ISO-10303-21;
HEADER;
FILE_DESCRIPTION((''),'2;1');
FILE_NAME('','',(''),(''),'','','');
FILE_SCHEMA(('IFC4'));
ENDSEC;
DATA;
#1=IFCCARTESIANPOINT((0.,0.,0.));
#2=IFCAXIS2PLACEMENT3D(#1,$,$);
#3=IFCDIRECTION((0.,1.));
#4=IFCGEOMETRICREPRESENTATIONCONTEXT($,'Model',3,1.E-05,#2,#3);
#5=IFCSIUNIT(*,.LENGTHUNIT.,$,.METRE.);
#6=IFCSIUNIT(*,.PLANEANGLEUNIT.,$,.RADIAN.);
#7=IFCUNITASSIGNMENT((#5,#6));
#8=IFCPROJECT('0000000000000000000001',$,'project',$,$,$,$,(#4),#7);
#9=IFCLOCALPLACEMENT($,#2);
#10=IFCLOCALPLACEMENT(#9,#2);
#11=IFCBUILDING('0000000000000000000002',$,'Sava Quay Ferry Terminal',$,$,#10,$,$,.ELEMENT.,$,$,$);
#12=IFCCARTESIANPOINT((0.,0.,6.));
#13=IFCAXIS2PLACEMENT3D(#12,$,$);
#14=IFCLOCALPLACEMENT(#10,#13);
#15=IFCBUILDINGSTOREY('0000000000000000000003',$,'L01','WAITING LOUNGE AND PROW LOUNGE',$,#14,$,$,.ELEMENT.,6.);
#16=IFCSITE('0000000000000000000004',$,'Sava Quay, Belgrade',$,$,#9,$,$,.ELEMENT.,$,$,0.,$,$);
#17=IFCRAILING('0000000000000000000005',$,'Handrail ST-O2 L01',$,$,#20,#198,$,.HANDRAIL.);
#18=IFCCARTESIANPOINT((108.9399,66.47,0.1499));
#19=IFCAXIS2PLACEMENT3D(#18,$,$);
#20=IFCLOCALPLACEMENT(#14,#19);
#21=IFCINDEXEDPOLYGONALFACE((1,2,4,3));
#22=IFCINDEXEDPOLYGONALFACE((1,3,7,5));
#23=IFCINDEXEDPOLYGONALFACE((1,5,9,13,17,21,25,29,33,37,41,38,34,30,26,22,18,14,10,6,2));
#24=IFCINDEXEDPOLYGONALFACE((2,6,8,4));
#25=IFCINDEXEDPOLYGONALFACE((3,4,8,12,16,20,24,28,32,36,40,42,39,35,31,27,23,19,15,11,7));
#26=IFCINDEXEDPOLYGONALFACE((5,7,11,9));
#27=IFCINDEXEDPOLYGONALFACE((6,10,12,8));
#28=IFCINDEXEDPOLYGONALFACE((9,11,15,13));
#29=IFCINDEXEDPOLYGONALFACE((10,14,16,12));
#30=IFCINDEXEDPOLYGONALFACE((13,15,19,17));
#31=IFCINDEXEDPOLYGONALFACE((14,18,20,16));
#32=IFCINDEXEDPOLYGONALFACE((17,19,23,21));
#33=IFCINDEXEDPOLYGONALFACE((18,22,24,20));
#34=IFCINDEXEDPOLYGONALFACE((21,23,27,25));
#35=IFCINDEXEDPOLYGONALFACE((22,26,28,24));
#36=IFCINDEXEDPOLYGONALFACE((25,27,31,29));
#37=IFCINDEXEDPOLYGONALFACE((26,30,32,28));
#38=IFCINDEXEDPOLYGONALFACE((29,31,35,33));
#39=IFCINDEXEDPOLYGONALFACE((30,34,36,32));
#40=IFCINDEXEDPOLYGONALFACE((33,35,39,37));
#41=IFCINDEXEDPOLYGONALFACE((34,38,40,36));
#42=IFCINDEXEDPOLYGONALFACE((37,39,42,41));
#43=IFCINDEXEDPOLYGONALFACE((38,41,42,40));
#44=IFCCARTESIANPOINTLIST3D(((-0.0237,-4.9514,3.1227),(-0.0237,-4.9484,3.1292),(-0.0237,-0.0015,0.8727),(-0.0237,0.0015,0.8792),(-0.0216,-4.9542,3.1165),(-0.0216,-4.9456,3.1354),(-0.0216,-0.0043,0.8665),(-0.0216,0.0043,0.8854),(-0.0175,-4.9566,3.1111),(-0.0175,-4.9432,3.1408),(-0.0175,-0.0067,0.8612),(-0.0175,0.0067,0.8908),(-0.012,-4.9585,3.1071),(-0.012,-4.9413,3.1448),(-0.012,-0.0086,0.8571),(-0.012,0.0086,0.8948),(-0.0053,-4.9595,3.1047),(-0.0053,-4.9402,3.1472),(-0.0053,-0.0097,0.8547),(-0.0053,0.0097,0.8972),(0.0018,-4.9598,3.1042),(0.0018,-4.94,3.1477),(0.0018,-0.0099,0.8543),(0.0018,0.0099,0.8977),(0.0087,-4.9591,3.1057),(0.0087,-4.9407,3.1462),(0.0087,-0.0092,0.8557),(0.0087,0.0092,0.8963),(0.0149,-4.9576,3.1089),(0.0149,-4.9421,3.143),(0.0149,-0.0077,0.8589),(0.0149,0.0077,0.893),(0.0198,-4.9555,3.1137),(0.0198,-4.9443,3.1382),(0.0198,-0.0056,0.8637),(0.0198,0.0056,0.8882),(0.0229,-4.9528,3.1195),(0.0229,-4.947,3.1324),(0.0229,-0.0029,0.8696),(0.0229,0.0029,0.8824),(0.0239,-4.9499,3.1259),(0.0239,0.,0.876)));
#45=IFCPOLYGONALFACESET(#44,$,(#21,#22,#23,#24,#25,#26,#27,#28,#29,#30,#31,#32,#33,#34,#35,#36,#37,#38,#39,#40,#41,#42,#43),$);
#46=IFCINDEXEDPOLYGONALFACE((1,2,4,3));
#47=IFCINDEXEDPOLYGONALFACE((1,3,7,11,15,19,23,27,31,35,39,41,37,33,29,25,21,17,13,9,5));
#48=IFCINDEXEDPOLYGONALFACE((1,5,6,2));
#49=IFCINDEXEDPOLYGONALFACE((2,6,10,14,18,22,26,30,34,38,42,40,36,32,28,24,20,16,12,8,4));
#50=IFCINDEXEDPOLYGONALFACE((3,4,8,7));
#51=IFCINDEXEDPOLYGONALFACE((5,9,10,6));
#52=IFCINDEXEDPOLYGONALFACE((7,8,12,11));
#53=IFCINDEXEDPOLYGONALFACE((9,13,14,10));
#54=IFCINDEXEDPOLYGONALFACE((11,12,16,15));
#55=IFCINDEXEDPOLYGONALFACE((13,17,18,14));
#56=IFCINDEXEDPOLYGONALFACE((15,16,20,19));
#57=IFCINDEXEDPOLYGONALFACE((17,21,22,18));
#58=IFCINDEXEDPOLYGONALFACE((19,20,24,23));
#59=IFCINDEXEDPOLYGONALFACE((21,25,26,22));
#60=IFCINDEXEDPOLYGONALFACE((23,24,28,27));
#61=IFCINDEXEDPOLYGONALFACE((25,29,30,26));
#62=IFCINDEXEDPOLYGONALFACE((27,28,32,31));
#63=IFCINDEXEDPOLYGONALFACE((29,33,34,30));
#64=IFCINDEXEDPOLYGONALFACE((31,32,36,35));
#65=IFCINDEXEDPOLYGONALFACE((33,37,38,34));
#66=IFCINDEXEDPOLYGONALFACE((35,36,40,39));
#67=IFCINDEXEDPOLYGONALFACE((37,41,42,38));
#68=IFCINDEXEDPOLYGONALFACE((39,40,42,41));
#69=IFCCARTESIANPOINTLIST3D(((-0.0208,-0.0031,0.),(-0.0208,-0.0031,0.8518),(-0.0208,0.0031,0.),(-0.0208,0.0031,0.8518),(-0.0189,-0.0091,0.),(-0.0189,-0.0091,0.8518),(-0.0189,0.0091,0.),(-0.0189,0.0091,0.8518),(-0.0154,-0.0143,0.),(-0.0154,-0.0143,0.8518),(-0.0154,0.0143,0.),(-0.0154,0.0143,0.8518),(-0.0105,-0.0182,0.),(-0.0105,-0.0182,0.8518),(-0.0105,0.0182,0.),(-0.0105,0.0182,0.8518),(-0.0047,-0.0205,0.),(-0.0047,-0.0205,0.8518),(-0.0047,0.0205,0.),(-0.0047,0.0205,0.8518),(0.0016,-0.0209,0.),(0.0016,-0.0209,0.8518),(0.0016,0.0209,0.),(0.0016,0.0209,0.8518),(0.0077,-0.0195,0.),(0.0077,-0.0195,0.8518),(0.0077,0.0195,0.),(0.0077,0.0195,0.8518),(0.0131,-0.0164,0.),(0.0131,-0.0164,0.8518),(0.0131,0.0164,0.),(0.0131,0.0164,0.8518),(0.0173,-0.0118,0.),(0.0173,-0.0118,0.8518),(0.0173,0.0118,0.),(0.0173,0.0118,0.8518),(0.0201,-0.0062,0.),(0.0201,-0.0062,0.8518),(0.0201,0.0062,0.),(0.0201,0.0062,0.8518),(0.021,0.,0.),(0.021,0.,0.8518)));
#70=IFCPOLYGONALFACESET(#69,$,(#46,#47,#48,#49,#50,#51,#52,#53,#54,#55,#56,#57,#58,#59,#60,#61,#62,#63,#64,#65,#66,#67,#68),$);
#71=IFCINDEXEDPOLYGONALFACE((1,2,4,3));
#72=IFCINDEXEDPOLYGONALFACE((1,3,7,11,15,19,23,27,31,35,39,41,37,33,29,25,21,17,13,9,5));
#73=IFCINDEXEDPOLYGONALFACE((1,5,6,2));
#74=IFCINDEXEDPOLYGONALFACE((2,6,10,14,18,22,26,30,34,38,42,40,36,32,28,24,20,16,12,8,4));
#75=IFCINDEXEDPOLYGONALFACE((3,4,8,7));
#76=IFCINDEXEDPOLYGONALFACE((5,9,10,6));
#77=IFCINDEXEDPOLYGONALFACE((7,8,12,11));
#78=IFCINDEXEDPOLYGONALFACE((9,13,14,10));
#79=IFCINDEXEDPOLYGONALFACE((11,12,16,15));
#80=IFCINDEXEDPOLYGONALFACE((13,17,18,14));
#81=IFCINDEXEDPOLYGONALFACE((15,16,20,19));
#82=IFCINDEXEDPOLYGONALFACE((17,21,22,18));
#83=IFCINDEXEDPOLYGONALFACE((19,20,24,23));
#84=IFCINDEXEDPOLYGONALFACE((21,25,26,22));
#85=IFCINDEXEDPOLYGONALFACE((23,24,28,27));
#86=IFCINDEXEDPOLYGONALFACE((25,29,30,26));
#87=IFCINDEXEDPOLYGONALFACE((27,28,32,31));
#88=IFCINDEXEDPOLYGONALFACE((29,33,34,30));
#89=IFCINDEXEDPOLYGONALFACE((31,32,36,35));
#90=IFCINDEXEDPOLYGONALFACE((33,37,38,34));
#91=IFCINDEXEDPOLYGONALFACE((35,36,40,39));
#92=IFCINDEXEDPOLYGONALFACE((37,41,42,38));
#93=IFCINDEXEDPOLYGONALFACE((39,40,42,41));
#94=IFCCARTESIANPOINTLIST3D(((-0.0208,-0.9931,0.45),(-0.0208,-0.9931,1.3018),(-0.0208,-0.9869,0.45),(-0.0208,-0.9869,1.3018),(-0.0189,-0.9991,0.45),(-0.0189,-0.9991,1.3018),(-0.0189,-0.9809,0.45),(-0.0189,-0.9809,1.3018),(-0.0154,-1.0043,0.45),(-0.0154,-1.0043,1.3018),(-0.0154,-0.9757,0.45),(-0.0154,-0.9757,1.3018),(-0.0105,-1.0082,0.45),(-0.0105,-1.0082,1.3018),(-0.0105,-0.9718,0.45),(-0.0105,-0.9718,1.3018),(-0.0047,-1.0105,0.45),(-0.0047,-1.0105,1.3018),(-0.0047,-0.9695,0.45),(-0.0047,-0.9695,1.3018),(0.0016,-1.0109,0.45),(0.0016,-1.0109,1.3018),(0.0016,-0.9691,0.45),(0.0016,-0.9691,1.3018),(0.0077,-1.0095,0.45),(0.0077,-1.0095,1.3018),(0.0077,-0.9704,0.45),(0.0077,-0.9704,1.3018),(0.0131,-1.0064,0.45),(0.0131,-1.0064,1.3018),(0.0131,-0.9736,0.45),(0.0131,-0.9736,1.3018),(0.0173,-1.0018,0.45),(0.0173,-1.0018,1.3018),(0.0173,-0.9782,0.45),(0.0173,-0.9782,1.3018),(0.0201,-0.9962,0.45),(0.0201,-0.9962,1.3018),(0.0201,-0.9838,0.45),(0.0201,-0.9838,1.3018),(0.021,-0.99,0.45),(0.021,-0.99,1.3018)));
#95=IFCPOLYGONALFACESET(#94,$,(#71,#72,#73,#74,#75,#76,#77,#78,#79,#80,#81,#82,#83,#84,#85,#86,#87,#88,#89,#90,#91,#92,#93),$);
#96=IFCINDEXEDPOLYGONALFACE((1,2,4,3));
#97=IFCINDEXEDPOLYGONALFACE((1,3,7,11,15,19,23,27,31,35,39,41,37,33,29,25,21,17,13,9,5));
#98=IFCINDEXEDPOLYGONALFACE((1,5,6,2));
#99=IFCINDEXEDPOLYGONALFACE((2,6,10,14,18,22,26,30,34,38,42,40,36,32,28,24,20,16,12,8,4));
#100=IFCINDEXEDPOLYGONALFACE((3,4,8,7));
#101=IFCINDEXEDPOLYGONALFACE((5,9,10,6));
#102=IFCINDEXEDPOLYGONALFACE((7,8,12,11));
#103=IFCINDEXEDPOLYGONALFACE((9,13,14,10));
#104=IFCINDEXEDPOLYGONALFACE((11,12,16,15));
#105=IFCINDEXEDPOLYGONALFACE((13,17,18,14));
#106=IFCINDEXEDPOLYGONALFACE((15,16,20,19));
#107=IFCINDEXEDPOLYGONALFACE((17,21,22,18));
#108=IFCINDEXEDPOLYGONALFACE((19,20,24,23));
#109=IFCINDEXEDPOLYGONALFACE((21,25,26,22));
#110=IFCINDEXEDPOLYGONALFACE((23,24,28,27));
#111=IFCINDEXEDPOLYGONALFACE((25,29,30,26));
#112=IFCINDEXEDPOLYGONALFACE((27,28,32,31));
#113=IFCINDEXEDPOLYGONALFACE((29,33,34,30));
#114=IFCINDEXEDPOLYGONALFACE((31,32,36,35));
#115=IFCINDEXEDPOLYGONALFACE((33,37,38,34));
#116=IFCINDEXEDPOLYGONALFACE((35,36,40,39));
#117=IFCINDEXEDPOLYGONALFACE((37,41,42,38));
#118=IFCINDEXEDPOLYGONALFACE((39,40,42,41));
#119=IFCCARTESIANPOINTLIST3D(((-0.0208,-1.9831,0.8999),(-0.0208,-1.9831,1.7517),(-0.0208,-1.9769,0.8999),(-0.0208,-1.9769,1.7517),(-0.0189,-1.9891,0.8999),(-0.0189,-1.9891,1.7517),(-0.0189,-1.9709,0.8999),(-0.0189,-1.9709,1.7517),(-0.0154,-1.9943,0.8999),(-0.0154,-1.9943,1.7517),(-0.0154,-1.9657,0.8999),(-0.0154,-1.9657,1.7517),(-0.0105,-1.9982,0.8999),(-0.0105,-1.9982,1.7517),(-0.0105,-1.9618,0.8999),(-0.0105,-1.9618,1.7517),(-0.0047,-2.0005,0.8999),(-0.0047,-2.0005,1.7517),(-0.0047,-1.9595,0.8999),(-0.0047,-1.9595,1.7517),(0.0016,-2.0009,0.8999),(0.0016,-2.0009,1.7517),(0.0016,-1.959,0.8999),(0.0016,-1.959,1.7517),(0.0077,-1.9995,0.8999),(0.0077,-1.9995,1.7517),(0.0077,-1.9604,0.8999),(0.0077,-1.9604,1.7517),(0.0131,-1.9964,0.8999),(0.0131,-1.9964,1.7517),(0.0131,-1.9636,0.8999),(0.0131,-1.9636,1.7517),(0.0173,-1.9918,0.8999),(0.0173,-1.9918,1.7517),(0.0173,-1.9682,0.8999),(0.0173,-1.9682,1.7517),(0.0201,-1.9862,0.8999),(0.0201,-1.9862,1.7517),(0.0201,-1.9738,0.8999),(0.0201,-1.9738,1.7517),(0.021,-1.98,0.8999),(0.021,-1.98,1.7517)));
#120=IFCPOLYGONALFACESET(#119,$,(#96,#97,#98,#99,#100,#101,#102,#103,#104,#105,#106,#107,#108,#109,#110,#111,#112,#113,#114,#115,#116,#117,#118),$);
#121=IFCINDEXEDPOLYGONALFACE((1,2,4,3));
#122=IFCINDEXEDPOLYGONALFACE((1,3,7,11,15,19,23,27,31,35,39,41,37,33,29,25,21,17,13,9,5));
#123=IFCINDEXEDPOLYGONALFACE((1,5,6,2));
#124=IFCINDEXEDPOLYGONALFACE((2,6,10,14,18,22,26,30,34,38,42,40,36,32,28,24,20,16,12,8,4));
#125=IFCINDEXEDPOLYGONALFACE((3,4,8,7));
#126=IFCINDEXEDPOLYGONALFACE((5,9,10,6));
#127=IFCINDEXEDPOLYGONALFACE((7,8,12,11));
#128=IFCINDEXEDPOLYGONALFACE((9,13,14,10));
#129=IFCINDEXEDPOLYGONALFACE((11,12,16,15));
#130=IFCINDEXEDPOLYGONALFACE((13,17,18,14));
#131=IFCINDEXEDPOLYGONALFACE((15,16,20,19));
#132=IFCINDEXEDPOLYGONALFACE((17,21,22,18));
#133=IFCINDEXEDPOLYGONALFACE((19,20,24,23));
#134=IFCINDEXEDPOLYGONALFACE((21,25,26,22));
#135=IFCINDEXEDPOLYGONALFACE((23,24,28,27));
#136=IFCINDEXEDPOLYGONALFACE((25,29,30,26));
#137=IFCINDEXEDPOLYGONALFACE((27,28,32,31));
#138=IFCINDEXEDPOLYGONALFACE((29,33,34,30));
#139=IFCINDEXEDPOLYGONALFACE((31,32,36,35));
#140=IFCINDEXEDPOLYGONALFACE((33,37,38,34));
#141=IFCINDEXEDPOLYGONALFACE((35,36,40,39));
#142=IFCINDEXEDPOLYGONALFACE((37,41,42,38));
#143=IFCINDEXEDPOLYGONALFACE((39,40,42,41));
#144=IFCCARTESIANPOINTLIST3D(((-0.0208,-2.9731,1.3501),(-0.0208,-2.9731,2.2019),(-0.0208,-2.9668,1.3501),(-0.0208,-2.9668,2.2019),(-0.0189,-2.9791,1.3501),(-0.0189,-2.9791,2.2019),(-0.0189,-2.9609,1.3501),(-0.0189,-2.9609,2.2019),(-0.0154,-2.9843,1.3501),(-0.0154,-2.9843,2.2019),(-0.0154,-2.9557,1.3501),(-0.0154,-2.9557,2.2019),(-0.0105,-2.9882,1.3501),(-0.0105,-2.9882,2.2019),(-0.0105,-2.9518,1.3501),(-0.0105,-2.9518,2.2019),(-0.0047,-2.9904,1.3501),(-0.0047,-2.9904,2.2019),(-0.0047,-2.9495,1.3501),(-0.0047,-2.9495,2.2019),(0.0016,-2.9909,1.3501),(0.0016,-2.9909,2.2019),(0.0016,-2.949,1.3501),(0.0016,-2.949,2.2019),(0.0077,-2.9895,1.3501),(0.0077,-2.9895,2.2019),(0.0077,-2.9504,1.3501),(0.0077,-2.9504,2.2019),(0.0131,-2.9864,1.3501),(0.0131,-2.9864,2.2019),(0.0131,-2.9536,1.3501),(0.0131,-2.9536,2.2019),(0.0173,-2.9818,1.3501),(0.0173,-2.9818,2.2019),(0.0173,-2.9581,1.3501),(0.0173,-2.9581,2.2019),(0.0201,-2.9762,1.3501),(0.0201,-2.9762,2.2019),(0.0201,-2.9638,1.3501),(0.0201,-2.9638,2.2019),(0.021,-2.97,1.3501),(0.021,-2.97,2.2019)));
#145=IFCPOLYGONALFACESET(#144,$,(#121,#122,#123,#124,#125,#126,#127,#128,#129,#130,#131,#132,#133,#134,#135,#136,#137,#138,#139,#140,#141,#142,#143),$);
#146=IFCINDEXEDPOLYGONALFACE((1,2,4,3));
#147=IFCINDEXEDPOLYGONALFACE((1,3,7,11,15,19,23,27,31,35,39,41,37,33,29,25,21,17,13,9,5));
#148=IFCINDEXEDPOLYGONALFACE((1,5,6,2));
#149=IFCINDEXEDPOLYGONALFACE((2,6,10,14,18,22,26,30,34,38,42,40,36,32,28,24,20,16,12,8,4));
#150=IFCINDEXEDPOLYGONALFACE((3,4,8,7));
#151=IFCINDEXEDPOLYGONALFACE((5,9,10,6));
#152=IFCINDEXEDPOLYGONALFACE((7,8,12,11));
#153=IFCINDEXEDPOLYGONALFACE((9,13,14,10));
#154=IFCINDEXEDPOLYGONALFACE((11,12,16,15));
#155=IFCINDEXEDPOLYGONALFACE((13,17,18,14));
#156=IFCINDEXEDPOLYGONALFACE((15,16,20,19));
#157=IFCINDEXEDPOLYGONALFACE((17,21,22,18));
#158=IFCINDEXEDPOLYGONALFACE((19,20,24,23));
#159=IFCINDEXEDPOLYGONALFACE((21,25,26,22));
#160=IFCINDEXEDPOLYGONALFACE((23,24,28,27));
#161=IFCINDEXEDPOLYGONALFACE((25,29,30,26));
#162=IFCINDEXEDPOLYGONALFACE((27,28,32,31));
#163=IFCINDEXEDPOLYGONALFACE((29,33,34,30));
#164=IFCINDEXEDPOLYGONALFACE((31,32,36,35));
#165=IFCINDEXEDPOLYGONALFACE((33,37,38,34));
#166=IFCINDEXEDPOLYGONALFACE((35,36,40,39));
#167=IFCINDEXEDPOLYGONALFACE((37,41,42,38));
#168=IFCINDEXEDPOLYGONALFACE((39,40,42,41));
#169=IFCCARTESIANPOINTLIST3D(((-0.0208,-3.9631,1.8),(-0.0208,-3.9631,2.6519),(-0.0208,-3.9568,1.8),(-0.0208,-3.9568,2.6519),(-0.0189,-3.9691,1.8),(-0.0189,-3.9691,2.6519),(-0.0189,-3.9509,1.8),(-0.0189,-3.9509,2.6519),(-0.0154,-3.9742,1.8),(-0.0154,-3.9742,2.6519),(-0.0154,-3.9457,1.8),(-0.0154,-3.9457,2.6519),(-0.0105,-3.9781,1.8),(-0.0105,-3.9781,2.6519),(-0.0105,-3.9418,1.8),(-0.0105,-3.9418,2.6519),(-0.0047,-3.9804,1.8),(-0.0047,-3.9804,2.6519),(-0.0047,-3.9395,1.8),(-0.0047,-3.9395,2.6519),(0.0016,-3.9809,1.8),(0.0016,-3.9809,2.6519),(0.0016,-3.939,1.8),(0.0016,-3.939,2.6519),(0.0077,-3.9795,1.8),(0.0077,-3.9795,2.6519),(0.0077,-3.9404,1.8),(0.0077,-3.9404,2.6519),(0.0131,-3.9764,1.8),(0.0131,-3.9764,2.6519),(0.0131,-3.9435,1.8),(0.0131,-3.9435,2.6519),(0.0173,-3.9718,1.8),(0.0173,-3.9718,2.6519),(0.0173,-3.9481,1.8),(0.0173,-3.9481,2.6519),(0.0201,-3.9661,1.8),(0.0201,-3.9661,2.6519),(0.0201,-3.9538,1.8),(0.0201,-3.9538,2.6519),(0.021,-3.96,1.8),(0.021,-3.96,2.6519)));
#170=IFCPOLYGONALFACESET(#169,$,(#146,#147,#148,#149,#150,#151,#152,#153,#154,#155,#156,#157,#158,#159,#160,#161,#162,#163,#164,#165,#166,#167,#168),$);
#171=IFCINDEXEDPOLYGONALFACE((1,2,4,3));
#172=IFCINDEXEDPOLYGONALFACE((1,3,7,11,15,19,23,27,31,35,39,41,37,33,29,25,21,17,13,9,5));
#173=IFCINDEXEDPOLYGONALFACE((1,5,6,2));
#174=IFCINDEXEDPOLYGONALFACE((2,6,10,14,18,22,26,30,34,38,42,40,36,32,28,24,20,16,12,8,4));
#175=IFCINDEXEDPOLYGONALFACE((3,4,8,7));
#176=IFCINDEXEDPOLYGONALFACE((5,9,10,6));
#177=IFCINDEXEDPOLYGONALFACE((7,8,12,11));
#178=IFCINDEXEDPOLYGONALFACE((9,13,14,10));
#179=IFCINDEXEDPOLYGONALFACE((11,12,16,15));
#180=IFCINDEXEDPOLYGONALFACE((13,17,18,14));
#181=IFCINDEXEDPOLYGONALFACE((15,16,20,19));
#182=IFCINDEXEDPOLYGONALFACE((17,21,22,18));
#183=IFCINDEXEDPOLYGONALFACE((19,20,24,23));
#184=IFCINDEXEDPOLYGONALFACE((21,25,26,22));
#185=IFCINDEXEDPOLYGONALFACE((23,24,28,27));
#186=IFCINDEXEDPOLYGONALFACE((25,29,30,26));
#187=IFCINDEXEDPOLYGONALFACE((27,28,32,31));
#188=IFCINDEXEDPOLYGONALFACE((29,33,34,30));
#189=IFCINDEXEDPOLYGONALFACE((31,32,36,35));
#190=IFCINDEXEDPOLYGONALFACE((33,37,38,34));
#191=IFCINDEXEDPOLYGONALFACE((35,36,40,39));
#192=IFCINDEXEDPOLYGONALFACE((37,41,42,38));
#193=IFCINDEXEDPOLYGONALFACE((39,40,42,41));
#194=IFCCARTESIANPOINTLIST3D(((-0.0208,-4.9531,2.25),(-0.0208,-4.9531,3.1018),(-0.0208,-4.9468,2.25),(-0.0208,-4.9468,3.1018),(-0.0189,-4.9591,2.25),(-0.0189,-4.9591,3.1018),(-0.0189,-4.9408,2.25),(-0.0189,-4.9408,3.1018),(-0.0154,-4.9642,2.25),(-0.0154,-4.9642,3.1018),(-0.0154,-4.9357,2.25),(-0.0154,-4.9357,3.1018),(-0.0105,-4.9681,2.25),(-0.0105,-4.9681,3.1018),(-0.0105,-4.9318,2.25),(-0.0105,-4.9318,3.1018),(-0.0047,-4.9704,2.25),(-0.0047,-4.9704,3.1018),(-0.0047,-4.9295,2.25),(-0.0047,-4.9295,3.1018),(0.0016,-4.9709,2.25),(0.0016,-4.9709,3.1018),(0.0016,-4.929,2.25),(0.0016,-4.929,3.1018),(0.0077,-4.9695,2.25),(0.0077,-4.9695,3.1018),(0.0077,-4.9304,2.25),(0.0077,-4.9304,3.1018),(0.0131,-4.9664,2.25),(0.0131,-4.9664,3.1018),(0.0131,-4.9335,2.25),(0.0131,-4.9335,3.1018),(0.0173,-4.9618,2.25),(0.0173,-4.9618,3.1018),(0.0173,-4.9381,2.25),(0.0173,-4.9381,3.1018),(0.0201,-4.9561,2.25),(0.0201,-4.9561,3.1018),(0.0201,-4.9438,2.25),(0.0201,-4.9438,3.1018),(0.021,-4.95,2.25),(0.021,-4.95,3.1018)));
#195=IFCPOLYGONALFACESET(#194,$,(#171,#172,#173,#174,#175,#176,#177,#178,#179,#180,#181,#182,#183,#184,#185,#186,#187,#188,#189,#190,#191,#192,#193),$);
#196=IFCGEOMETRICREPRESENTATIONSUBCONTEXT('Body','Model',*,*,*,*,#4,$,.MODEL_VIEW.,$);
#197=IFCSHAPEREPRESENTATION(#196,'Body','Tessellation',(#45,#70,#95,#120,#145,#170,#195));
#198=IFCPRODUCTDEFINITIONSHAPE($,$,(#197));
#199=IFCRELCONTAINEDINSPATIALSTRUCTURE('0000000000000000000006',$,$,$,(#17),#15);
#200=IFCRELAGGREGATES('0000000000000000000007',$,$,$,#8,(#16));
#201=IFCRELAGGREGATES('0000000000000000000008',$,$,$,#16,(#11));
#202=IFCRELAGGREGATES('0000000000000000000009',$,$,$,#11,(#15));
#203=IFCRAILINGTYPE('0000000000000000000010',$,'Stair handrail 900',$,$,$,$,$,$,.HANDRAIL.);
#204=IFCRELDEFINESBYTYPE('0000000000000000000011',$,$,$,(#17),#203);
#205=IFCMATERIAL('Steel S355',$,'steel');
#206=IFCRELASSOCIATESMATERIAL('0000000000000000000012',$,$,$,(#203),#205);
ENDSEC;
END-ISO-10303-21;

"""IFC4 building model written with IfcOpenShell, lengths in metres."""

from ifc_helpers import new_model, si_unit, direction, frame, origin, origin_2d, place, context, subcontext, project, spatial, circle, extrude, material, type_object, element, save


model = new_model("IFC4")

# Units and contexts
model_context = context("Model", 3, precision=1e-05, world=origin(), true_north=direction((0.0, 1.0)))
body_context = subcontext(model_context, "Body", "Model", "MODEL_VIEW")
ifc_project = project(units=[si_unit("LENGTHUNIT", "METRE"), si_unit("PLANEANGLEUNIT", "RADIAN")], contexts=[model_context])

# Site, building, storey
site_placement = place(None, origin())
site = spatial("IfcSite", under=ifc_project, at=site_placement, Name="Sava Quay, Belgrade", CompositionType="ELEMENT", RefElevation=0.0)
building_placement = place(site_placement, origin())
building = spatial("IfcBuilding", under=site, at=building_placement, Name="Sava Quay Ferry Terminal", CompositionType="ELEMENT")
storey_placement = place(building_placement, frame((0.0, 0.0, 6.0)))
storey = spatial("IfcBuildingStorey", under=building, at=storey_placement, Name="L01", Description="WAITING LOUNGE AND PROW LOUNGE", CompositionType="ELEMENT", Elevation=6.0)

# Railing
ifc_material_1 = material(Name="Steel S355", Category="steel")
railing_type_1 = type_object("IfcRailingType", Name="Stair handrail 900", PredefinedType="HANDRAIL", material=ifc_material_1)
railing_1_placement = place(storey_placement, frame((108.9399, 66.47, 0.1499)))
element("IfcRailing", 1, at=railing_1_placement, inside=storey, type_object=railing_type_1, Name="Handrail ST-O2 L01", PredefinedType="HANDRAIL", context=body_context, shape_type="SweptSolid", body=[
    extrude(circle(Radius=0.0239, at=origin_2d()), frame((0.0, 0.0, 0.876), z_axis=(0.0, -0.910365, 0.413806), x_axis=(1.0, 0.0, 0.0)), (0.0, 0.0, 1.0), 5.4373),
    extrude(circle(Radius=0.021, at=origin_2d()), origin(), (0.0, 0.0, 1.0), 0.8518),
    extrude(circle(Radius=0.021, at=origin_2d()), frame((0.0, -0.99, 0.45)), (0.0, 0.0, 1.0), 0.8518),
    extrude(circle(Radius=0.021, at=origin_2d()), frame((0.0, -1.98, 0.8999)), (0.0, 0.0, 1.0), 0.8518),
    extrude(circle(Radius=0.021, at=origin_2d()), frame((0.0, -2.97, 1.3501)), (0.0, 0.0, 1.0), 0.8518),
    extrude(circle(Radius=0.021, at=origin_2d()), frame((0.0, -3.96, 1.8)), (0.0, 0.0, 1.0), 0.8518),
    extrude(circle(Radius=0.021, at=origin_2d()), frame((0.0, -4.95, 2.25)), (0.0, 0.0, 1.0), 0.8518),
])

save(model, "model.ifc")
